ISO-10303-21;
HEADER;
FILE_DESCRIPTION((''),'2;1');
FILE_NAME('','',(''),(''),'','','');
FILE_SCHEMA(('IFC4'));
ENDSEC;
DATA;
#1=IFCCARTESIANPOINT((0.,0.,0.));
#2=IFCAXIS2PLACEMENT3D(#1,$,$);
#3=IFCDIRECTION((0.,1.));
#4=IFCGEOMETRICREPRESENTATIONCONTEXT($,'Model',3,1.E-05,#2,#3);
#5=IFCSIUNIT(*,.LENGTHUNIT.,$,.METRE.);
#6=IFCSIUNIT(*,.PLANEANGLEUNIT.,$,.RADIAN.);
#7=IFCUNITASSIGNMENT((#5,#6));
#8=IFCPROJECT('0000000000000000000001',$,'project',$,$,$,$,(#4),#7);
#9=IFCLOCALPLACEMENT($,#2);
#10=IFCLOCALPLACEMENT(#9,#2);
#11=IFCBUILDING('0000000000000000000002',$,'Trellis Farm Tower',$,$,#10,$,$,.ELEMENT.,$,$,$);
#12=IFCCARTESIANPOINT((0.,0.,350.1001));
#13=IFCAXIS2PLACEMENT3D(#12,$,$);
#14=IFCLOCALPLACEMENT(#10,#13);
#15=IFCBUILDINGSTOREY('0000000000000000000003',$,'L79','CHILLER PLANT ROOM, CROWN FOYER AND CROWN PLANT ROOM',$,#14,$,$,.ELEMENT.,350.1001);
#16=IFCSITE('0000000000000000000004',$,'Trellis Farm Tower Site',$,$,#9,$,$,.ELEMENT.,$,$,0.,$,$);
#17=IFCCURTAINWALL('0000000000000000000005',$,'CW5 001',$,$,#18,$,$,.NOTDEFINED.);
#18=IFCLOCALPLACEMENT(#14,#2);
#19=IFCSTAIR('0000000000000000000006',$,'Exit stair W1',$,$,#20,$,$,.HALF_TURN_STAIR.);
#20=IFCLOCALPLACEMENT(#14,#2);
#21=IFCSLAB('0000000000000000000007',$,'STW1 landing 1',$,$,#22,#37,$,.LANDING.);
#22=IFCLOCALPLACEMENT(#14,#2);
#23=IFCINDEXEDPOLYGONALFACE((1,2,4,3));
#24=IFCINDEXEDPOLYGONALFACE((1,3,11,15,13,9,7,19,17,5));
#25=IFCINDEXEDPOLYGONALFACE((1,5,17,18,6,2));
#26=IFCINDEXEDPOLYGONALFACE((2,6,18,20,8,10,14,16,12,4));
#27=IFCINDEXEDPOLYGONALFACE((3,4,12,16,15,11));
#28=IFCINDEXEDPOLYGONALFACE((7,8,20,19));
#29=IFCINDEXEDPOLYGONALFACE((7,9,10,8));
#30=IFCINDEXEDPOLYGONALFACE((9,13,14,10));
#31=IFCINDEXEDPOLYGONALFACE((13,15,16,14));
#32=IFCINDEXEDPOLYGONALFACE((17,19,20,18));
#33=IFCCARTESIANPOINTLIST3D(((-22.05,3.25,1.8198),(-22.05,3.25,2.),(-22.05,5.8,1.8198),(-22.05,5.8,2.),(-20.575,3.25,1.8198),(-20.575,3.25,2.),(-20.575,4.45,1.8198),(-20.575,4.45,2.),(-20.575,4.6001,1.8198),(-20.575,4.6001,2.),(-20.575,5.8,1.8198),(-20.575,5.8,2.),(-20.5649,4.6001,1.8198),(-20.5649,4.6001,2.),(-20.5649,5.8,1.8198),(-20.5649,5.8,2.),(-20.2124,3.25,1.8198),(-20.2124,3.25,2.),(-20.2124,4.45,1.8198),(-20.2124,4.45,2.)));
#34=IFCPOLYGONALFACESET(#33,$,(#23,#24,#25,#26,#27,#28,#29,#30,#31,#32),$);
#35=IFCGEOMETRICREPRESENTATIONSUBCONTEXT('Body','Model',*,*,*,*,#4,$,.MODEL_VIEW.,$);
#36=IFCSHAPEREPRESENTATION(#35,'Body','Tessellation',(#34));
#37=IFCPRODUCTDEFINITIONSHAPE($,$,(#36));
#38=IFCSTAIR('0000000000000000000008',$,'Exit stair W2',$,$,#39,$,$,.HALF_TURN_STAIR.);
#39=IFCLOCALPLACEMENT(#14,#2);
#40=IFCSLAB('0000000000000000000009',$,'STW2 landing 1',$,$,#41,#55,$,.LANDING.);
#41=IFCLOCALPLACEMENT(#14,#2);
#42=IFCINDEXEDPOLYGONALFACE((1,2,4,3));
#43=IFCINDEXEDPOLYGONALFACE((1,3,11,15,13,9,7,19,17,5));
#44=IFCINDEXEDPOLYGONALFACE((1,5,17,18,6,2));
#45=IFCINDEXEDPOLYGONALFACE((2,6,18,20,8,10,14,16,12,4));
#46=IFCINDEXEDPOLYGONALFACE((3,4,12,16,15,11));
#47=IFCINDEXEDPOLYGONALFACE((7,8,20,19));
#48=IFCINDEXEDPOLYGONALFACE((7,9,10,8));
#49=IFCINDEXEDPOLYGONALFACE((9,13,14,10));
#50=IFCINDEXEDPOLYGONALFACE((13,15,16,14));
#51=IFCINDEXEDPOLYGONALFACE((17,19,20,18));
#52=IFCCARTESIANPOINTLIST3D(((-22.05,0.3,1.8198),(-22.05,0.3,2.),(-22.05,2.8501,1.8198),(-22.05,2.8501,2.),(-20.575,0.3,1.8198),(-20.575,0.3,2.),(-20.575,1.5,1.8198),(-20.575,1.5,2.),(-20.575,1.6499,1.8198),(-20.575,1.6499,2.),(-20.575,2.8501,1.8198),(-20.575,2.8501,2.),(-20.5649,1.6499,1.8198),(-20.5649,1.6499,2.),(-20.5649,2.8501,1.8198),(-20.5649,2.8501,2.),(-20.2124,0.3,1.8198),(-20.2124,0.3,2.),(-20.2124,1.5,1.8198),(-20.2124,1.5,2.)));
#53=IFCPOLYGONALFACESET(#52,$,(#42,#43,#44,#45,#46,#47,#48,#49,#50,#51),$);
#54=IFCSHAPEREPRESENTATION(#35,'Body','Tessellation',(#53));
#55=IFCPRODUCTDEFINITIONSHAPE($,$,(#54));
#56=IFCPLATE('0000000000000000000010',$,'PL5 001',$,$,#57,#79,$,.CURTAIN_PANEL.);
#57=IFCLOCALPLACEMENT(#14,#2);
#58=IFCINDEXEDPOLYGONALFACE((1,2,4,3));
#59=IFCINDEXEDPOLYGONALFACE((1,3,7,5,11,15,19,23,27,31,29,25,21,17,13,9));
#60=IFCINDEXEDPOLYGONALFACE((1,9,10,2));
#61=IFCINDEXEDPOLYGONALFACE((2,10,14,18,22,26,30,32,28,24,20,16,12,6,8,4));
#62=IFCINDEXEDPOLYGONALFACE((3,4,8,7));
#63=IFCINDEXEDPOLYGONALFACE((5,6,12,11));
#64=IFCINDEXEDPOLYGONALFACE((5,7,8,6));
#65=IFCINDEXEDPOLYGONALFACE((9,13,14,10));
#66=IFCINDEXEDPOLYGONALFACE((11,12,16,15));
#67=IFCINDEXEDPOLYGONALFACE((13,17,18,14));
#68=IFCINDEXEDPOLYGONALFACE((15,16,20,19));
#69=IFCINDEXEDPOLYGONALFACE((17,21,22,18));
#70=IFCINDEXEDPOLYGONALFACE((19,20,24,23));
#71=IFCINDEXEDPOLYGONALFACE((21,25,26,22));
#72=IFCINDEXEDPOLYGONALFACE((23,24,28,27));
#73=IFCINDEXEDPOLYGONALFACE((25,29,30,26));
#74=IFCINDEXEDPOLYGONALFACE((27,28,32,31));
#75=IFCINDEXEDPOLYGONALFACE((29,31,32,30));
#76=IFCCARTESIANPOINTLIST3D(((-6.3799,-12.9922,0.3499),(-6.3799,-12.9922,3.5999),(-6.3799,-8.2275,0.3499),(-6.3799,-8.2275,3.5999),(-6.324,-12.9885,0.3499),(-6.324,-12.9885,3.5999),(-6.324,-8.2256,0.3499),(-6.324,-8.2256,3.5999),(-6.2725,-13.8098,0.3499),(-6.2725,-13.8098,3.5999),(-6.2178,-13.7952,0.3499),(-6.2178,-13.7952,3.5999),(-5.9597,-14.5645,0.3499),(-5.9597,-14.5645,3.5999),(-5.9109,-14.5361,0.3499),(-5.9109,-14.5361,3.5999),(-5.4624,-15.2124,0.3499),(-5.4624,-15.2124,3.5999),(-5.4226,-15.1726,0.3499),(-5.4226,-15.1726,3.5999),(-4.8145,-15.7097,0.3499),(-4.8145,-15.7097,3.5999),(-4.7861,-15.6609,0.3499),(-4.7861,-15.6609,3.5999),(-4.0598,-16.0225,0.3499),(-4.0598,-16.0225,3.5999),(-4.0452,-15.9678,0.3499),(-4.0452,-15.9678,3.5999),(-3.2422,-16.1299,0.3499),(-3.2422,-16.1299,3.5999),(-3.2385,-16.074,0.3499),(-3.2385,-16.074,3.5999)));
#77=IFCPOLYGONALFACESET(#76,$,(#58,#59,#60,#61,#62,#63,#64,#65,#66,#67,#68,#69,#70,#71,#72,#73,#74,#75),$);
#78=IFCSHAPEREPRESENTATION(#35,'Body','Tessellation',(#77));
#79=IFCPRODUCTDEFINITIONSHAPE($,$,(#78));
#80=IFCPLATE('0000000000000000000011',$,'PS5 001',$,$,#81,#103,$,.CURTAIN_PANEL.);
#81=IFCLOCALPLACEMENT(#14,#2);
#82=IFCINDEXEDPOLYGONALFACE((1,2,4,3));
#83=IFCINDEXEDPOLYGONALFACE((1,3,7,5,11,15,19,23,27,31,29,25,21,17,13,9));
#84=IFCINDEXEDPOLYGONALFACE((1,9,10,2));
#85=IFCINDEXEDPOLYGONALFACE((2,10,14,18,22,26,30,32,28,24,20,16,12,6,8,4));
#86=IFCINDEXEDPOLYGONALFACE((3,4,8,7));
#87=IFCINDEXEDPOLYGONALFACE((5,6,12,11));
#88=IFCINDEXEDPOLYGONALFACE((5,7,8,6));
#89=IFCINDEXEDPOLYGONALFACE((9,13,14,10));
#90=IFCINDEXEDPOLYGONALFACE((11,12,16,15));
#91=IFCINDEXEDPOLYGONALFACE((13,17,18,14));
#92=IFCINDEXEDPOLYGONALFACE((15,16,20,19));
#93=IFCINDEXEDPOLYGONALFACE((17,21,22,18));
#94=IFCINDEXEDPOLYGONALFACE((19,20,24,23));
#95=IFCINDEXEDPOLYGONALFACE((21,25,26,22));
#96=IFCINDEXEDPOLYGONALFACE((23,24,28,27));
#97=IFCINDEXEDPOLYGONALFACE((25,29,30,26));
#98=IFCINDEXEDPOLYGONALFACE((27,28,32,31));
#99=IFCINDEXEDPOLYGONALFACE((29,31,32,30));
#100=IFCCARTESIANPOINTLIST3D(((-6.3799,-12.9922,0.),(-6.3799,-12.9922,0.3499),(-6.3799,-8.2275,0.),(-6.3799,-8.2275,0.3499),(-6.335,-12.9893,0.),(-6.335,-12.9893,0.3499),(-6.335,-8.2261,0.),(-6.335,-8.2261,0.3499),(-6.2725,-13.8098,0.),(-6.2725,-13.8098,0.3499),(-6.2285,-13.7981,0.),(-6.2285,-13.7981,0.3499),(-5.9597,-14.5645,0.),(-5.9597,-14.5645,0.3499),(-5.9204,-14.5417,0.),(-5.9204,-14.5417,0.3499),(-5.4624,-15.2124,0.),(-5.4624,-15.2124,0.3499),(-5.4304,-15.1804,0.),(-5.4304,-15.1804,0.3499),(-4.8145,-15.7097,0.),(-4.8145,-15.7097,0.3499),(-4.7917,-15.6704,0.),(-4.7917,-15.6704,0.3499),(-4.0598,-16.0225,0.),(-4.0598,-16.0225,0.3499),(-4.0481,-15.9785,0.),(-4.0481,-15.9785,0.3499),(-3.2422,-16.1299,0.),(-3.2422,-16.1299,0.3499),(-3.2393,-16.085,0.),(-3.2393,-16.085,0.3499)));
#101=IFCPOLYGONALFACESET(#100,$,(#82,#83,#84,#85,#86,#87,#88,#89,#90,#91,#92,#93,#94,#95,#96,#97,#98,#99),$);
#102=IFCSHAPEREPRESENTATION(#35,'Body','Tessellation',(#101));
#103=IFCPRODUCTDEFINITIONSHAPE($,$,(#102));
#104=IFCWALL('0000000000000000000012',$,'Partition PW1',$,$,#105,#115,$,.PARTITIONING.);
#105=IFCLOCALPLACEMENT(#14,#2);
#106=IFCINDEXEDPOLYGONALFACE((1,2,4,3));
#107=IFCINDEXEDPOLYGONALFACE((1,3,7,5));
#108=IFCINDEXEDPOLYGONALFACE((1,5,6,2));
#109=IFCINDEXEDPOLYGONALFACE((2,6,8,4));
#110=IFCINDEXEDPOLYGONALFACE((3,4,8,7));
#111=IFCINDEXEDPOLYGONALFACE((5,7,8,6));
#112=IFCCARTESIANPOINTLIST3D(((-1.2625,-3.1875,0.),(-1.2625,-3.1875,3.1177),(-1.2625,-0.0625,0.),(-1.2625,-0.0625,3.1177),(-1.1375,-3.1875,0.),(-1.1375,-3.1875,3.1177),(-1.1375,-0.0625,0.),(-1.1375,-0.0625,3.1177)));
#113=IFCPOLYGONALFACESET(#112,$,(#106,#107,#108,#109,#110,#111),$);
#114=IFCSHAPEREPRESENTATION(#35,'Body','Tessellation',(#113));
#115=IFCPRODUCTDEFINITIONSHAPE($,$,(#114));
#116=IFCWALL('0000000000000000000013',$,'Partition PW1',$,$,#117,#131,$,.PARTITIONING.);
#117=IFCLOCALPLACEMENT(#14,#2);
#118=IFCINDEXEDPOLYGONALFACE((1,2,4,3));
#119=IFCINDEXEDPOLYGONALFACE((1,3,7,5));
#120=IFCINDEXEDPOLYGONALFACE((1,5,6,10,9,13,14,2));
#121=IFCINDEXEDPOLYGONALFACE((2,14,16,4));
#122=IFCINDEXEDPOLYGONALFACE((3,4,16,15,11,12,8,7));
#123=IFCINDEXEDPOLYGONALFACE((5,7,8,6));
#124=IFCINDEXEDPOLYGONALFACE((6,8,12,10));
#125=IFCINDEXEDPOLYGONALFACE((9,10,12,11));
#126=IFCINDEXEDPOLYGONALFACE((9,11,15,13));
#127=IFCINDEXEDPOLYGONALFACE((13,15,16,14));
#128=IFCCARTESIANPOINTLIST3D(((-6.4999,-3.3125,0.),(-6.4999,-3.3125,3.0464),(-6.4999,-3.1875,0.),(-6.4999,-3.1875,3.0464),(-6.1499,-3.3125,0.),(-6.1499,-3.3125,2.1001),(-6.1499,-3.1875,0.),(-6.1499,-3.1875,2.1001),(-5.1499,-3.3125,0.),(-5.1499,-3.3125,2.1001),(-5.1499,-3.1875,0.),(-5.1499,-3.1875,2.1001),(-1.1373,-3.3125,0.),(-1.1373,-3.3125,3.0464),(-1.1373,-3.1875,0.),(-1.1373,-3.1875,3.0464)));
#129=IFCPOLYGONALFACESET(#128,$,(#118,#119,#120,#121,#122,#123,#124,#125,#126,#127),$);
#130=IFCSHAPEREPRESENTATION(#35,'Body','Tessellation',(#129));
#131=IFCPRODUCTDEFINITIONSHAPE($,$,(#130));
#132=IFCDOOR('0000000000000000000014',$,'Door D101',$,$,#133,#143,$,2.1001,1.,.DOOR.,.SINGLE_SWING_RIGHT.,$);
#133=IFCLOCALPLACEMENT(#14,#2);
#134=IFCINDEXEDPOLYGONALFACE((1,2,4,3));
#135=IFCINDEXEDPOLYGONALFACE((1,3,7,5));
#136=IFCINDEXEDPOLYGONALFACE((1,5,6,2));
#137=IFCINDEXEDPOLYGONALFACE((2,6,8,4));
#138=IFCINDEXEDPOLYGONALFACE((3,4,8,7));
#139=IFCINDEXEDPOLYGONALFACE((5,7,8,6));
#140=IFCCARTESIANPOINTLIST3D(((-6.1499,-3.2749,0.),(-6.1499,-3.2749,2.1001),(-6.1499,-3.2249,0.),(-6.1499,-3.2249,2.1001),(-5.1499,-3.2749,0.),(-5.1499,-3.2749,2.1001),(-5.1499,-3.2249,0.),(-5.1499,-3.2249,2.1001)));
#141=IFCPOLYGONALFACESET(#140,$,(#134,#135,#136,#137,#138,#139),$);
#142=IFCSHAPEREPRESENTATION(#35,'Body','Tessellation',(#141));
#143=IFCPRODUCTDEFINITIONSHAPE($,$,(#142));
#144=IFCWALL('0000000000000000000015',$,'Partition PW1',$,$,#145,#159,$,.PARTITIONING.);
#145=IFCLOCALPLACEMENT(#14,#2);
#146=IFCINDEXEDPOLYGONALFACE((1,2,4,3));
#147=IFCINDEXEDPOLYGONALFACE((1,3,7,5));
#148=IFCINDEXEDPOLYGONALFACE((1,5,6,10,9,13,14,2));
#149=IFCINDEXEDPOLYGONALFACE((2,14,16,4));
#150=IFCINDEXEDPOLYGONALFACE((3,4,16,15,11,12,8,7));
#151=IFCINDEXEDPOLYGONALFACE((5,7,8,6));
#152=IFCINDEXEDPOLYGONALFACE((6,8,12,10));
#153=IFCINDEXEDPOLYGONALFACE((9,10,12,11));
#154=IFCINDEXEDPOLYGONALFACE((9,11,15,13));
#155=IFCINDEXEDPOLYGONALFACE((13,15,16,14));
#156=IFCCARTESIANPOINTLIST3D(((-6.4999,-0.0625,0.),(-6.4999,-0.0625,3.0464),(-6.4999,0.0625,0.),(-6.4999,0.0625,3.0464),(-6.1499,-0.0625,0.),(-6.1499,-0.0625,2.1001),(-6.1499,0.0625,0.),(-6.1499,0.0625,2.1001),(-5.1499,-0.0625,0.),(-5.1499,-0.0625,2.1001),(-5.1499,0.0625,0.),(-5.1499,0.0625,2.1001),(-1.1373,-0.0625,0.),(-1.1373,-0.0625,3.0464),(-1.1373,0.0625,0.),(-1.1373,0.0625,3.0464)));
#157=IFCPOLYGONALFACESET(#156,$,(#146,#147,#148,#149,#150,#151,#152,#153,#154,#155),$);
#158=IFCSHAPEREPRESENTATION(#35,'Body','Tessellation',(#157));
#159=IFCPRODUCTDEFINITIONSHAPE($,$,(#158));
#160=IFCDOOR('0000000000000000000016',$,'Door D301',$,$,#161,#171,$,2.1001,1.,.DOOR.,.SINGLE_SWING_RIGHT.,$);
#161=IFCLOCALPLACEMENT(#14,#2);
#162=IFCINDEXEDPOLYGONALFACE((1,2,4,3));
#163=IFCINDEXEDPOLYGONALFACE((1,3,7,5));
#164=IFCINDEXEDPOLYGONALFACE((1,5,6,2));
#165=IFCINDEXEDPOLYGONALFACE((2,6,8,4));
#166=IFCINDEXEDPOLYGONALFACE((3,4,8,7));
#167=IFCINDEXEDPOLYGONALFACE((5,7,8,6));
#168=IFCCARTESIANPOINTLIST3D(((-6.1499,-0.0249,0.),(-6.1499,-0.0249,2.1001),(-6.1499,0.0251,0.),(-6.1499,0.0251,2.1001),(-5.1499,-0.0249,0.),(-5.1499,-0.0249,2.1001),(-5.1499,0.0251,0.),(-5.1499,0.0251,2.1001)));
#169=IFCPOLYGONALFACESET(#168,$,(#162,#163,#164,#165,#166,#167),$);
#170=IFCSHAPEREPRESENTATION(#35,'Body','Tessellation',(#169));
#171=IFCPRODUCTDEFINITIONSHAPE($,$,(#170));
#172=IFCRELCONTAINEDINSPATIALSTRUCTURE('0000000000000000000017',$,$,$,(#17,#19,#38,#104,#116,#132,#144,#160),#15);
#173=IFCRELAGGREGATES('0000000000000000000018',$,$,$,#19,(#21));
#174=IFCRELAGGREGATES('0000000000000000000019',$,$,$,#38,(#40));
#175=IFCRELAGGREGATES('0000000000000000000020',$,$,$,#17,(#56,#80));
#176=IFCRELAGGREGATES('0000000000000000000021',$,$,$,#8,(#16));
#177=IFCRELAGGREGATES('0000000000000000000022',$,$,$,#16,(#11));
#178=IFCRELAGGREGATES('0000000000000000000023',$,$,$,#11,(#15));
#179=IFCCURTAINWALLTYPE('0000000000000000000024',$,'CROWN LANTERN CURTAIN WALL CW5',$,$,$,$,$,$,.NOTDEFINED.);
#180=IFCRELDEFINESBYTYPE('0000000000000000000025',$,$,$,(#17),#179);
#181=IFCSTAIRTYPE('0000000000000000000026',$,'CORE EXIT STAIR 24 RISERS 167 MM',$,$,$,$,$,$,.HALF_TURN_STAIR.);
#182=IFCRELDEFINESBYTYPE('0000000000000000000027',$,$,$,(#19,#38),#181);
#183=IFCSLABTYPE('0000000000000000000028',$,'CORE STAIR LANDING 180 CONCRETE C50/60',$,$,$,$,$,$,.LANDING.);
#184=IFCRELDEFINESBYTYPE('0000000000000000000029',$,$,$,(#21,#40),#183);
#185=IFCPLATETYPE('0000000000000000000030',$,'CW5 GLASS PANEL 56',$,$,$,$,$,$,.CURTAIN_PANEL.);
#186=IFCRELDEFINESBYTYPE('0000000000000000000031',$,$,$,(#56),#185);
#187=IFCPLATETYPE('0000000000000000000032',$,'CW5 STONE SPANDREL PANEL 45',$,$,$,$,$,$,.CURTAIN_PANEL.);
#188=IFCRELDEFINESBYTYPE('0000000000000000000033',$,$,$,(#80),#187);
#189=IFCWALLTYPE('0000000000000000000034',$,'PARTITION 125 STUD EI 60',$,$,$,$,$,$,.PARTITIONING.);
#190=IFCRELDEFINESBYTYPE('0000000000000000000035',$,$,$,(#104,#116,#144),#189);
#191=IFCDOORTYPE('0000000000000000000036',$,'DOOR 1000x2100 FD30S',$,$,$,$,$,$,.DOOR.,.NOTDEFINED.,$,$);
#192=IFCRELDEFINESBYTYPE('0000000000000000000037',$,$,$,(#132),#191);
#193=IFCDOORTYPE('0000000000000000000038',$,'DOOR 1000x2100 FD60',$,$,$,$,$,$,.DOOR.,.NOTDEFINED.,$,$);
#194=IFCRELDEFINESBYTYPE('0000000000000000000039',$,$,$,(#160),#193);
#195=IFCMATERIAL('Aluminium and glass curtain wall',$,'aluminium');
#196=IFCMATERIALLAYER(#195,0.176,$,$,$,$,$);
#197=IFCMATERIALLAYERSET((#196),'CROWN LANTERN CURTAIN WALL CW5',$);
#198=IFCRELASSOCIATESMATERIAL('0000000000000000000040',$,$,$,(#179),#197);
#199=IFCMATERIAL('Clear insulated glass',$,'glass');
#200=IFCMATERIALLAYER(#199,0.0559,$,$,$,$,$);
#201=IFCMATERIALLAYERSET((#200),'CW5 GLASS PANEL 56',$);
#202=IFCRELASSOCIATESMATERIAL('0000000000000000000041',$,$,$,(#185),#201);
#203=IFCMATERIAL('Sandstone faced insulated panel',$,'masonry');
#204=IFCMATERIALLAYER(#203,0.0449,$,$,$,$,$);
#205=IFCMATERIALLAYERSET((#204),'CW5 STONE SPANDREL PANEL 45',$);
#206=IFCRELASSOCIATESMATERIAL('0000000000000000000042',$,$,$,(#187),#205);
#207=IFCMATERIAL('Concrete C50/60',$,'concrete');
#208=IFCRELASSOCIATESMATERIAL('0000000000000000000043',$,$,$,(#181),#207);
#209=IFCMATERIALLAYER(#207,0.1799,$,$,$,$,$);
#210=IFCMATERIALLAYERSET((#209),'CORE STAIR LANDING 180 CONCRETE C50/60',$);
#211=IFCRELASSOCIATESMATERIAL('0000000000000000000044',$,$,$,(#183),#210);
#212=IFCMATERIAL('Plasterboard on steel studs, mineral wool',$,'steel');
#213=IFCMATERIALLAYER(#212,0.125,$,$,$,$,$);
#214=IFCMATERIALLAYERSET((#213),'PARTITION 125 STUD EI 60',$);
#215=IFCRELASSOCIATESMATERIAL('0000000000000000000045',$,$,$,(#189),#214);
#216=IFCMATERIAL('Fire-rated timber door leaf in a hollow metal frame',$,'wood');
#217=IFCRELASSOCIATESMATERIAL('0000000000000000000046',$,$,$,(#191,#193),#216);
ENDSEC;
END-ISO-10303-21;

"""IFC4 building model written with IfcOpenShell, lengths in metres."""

from ifc_helpers import new_model, si_unit, direction, frame, frame_2d, origin, place, context, subcontext, project, spatial, polyline, rectangle, outline, extrude, source, transform, mapped, material, layer, layer_set, type_object, element, fill, aggregate, save


model = new_model("IFC4")

# Units and contexts
model_context = context("Model", 3, precision=1e-05, world=origin(), true_north=direction((0.0, 1.0)))
body_context = subcontext(model_context, "Body", "Model", "MODEL_VIEW")
ifc_project = project(units=[si_unit("LENGTHUNIT", "METRE"), si_unit("PLANEANGLEUNIT", "RADIAN")], contexts=[model_context])

# Site, building, storey
site_placement = place(None, origin())
site = spatial("IfcSite", under=ifc_project, at=site_placement, Name="Trellis Farm Tower Site", CompositionType="ELEMENT", RefElevation=0.0)
building_placement = place(site_placement, origin())
building = spatial("IfcBuilding", under=site, at=building_placement, Name="Trellis Farm Tower", CompositionType="ELEMENT")
storey_placement = place(building_placement, frame((0.0, 0.0, 350.1001)))
storey = spatial("IfcBuildingStorey", under=building, at=storey_placement, Name="L79", Description="CHILLER PLANT ROOM, CROWN FOYER AND CROWN PLANT ROOM", CompositionType="ELEMENT", Elevation=350.1001)

# Shared definitions
ifc_material_1 = material(Name="Concrete C50/60", Category="concrete")

# Shared definitions
ifc_material_2 = material(Name="Aluminium and glass curtain wall", Category="aluminium")
ifc_layer_1 = layer(ifc_material_2, 0.176)
ifc_layer_set_1 = layer_set([ifc_layer_1], Name="CROWN LANTERN CURTAIN WALL CW5")
curtain_wall_type = type_object("IfcCurtainWallType", Name="CROWN LANTERN CURTAIN WALL CW5", PredefinedType="NOTDEFINED", material=ifc_layer_set_1)
placement_1 = place(storey_placement, origin())

# Curtain wall
curtain_wall_1 = element("IfcCurtainWall", 1, at=placement_1, inside=storey, type_object=curtain_wall_type, Name="CW5 001", PredefinedType="NOTDEFINED")

# Shared definitions
ifc_material_3 = material(Name="Clear insulated glass", Category="glass")
ifc_layer_2 = layer(ifc_material_3, 0.0559)
ifc_layer_set_2 = layer_set([ifc_layer_2], Name="CW5 GLASS PANEL 56")
plate_type_1 = type_object("IfcPlateType", Name="CW5 GLASS PANEL 56", PredefinedType="CURTAIN_PANEL", material=ifc_layer_set_2)
placement_2 = place(storey_placement, frame((0.0, 0.0, 0.3499)))
ifc_material_4 = material(Name="Sandstone faced insulated panel", Category="masonry")
ifc_layer_3 = layer(ifc_material_4, 0.0449)
ifc_layer_set_3 = layer_set([ifc_layer_3], Name="CW5 STONE SPANDREL PANEL 45")
plate_type_2 = type_object("IfcPlateType", Name="CW5 STONE SPANDREL PANEL 45", PredefinedType="CURTAIN_PANEL", material=ifc_layer_set_3)

# Stairs, slabs
stair_type = type_object("IfcStairType", Name="CORE EXIT STAIR 24 RISERS 167 MM", PredefinedType="HALF_TURN_STAIR", material=ifc_material_1)
ifc_layer_4 = layer(ifc_material_1, 0.1799)
ifc_layer_set_4 = layer_set([ifc_layer_4], Name="CORE STAIR LANDING 180 CONCRETE C50/60")
slab_type_1 = type_object("IfcSlabType", Name="CORE STAIR LANDING 180 CONCRETE C50/60", PredefinedType="LANDING", material=ifc_layer_set_4)
placement_3 = place(storey_placement, frame((0.0, 0.0, 1.8198)))
stair_1 = element("IfcStair", 2, at=placement_1, inside=storey, type_object=stair_type, Name="Exit stair W1", PredefinedType="HALF_TURN_STAIR")
shared_shape_1 = source(origin(), body_context, "Body", "SweptSolid", [
    extrude(outline(polyline([(-20.2124, 4.45), (-20.2124, 3.25), (-20.575, 3.25), (-22.05, 3.25), (-22.05, 5.8), (-20.575, 5.8), (-20.5649, 5.8), (-20.5649, 4.6001), (-20.575, 4.6001), (-20.575, 4.45), (-20.2124, 4.45)])), origin(), (0.0, 0.0, 1.0), 0.1802),
])
slab_1 = element("IfcSlab", 3, at=placement_3, type_object=slab_type_1, Name="STW1 landing 1", PredefinedType="LANDING", context=body_context, shape_type="MappedRepresentation", body=[
    mapped(shared_shape_1, transform((0.0, 0.0, 0.0))),
])
aggregate(stair_1, [slab_1])
stair_2 = element("IfcStair", 4, at=placement_1, inside=storey, type_object=stair_type, Name="Exit stair W2", PredefinedType="HALF_TURN_STAIR")
shared_shape_2 = source(origin(), body_context, "Body", "SweptSolid", [
    extrude(outline(polyline([(-20.2124, 1.5), (-20.2124, 0.3), (-20.575, 0.3), (-22.05, 0.3), (-22.05, 2.8501), (-20.575, 2.8501), (-20.5649, 2.8501), (-20.5649, 1.6499), (-20.575, 1.6499), (-20.575, 1.5), (-20.2124, 1.5)])), origin(), (0.0, 0.0, 1.0), 0.1802),
])
slab_2 = element("IfcSlab", 5, at=placement_3, type_object=slab_type_1, Name="STW2 landing 1", PredefinedType="LANDING", context=body_context, shape_type="MappedRepresentation", body=[
    mapped(shared_shape_2, transform((0.0, 0.0, 0.0))),
])
aggregate(stair_2, [slab_2])

# Plates
shared_shape_3 = source(origin(), body_context, "Body", "SweptSolid", [
    extrude(outline(polyline([(-6.3799, -8.2275), (-6.3799, -12.9922), (-6.2725, -13.8098), (-5.9597, -14.5645), (-5.4624, -15.2124), (-4.8145, -15.7097), (-4.0598, -16.0225), (-3.2422, -16.1299), (-3.2385, -16.074), (-4.0452, -15.9678), (-4.7861, -15.6609), (-5.4226, -15.1726), (-5.9109, -14.5361), (-6.2178, -13.7952), (-6.324, -12.9885), (-6.324, -8.2256), (-6.3799, -8.2275)])), origin(), (0.0, 0.0, 1.0), 3.25),
])
plate_1 = element("IfcPlate", 6, at=placement_2, type_object=plate_type_1, Name="PL5 001", PredefinedType="CURTAIN_PANEL", context=body_context, shape_type="MappedRepresentation", body=[
    mapped(shared_shape_3, transform((0.0, 0.0, 0.0))),
])
shared_shape_4 = source(origin(), body_context, "Body", "SweptSolid", [
    extrude(outline(polyline([(-6.3799, -8.2275), (-6.3799, -12.9922), (-6.2725, -13.8098), (-5.9597, -14.5645), (-5.4624, -15.2124), (-4.8145, -15.7097), (-4.0598, -16.0225), (-3.2422, -16.1299), (-3.2393, -16.085), (-4.0481, -15.9785), (-4.7917, -15.6704), (-5.4304, -15.1804), (-5.9204, -14.5417), (-6.2285, -13.7981), (-6.335, -12.9893), (-6.335, -8.2261), (-6.3799, -8.2275)])), origin(), (0.0, 0.0, 1.0), 0.3499),
])
plate_2 = element("IfcPlate", 7, at=placement_1, type_object=plate_type_2, Name="PS5 001", PredefinedType="CURTAIN_PANEL", context=body_context, shape_type="MappedRepresentation", body=[
    mapped(shared_shape_4, transform((0.0, 0.0, 0.0))),
])
aggregate(curtain_wall_1, [plate_1, plate_2])

# Wall
ifc_material_5 = material(Name="Plasterboard on steel studs, mineral wool", Category="steel")
ifc_layer_5 = layer(ifc_material_5, 0.125)
ifc_layer_set_5 = layer_set([ifc_layer_5], Name="PARTITION 125 STUD EI 60")
wall_type = type_object("IfcWallType", Name="PARTITION 125 STUD EI 60", PredefinedType="PARTITIONING", material=ifc_layer_set_5)
shared_shape_5 = source(origin(), body_context, "Body", "SweptSolid", [
    extrude(rectangle(XDim=3.125, YDim=0.125, at=frame_2d((1.5625, 0.0))), origin(), (0.0, 0.0, 1.0), 3.1177),
])
wall_1_placement = place(storey_placement, frame((-1.2, -0.0625, 0.0), z_axis=(0.0, 0.0, 1.0), x_axis=(0.0, -1.0, 0.0)))
element("IfcWall", 8, at=wall_1_placement, inside=storey, type_object=wall_type, Name="Partition PW1", PredefinedType="PARTITIONING", context=body_context, shape_type="MappedRepresentation", body=[
    mapped(shared_shape_5, transform((0.0, 0.0, 0.0))),
])

# Walls, openings, doors
shared_shape_6 = source(origin(), body_context, "Body", "SweptSolid", [
    extrude(rectangle(XDim=5.3625, YDim=0.125, at=frame_2d((2.6812, 0.0))), origin(), (0.0, 0.0, 1.0), 3.0464),
])
wall_2_placement = place(storey_placement, frame((-1.1375, -3.25, 0.0), z_axis=(0.0, 0.0, 1.0), x_axis=(-1.0, 0.0, 0.0)))
wall_2 = element("IfcWall", 9, at=wall_2_placement, inside=storey, type_object=wall_type, Name="Partition PW1", PredefinedType="PARTITIONING", context=body_context, shape_type="MappedRepresentation", body=[
    mapped(shared_shape_6, transform((0.0, 0.0, 0.0))),
])
shared_shape_7 = source(origin(), body_context, "Body", "SweptSolid", [
    extrude(rectangle(XDim=1.0, YDim=2.1001, at=frame_2d((0.5, 1.05))), frame((0.0, 0.0725, 0.0), z_axis=(0.0, -1.0, 0.0), x_axis=(1.0, 0.0, 0.0)), (0.0, 0.0, 1.0), 0.145),
])
opening_1_placement = place(wall_2_placement, frame((4.0125, 0.0, 0.0)))
opening_1 = element("IfcOpeningElement", 10, at=opening_1_placement, cuts=wall_2, PredefinedType="OPENING", context=body_context, shape_type="MappedRepresentation", body=[
    mapped(shared_shape_7, transform((0.0, 0.0, 0.0))),
])
ifc_material_6 = material(Name="Fire-rated timber door leaf in a hollow metal frame", Category="wood")
door_type_1 = type_object("IfcDoorType", Name="DOOR 1000x2100 FD30S", OperationType="NOTDEFINED", PredefinedType="DOOR", material=ifc_material_6)
shared_shape_8 = source(origin(), body_context, "Body", "SweptSolid", [
    extrude(rectangle(XDim=1.0, YDim=2.1001, at=frame_2d((0.5, 1.05))), frame((0.0, 0.0249, 0.0), z_axis=(0.0, -1.0, 0.0), x_axis=(1.0, 0.0, 0.0)), (0.0, 0.0, 1.0), 0.05),
])
door_1_placement = place(opening_1_placement, origin())
door_1 = element("IfcDoor", 11, at=door_1_placement, inside=storey, type_object=door_type_1, Name="Door D101", OperationType="SINGLE_SWING_RIGHT", OverallHeight=2.1001, OverallWidth=1.0, PredefinedType="DOOR", context=body_context, shape_type="MappedRepresentation", body=[
    mapped(shared_shape_8, transform((0.0, 0.0, 0.0))),
])
fill(opening_1, door_1)
wall_3_placement = place(storey_placement, frame((-1.1375, 0.0, 0.0), z_axis=(0.0, 0.0, 1.0), x_axis=(-1.0, 0.0, 0.0)))
wall_3 = element("IfcWall", 12, at=wall_3_placement, inside=storey, type_object=wall_type, Name="Partition PW1", PredefinedType="PARTITIONING", context=body_context, shape_type="MappedRepresentation", body=[
    mapped(shared_shape_6, transform((0.0, 0.0, 0.0))),
])
opening_2_placement = place(wall_3_placement, frame((4.0125, 0.0, 0.0)))
opening_2 = element("IfcOpeningElement", 13, at=opening_2_placement, cuts=wall_3, PredefinedType="OPENING", context=body_context, shape_type="MappedRepresentation", body=[
    mapped(shared_shape_7, transform((0.0, 0.0, 0.0))),
])
door_type_2 = type_object("IfcDoorType", Name="DOOR 1000x2100 FD60", OperationType="NOTDEFINED", PredefinedType="DOOR", material=ifc_material_6)
door_2_placement = place(opening_2_placement, origin())
door_2 = element("IfcDoor", 14, at=door_2_placement, inside=storey, type_object=door_type_2, Name="Door D301", OperationType="SINGLE_SWING_RIGHT", OverallHeight=2.1001, OverallWidth=1.0, PredefinedType="DOOR", context=body_context, shape_type="MappedRepresentation", body=[
    mapped(shared_shape_8, transform((0.0, 0.0, 0.0))),
])
fill(opening_2, door_2)

save(model, "model.ifc")
